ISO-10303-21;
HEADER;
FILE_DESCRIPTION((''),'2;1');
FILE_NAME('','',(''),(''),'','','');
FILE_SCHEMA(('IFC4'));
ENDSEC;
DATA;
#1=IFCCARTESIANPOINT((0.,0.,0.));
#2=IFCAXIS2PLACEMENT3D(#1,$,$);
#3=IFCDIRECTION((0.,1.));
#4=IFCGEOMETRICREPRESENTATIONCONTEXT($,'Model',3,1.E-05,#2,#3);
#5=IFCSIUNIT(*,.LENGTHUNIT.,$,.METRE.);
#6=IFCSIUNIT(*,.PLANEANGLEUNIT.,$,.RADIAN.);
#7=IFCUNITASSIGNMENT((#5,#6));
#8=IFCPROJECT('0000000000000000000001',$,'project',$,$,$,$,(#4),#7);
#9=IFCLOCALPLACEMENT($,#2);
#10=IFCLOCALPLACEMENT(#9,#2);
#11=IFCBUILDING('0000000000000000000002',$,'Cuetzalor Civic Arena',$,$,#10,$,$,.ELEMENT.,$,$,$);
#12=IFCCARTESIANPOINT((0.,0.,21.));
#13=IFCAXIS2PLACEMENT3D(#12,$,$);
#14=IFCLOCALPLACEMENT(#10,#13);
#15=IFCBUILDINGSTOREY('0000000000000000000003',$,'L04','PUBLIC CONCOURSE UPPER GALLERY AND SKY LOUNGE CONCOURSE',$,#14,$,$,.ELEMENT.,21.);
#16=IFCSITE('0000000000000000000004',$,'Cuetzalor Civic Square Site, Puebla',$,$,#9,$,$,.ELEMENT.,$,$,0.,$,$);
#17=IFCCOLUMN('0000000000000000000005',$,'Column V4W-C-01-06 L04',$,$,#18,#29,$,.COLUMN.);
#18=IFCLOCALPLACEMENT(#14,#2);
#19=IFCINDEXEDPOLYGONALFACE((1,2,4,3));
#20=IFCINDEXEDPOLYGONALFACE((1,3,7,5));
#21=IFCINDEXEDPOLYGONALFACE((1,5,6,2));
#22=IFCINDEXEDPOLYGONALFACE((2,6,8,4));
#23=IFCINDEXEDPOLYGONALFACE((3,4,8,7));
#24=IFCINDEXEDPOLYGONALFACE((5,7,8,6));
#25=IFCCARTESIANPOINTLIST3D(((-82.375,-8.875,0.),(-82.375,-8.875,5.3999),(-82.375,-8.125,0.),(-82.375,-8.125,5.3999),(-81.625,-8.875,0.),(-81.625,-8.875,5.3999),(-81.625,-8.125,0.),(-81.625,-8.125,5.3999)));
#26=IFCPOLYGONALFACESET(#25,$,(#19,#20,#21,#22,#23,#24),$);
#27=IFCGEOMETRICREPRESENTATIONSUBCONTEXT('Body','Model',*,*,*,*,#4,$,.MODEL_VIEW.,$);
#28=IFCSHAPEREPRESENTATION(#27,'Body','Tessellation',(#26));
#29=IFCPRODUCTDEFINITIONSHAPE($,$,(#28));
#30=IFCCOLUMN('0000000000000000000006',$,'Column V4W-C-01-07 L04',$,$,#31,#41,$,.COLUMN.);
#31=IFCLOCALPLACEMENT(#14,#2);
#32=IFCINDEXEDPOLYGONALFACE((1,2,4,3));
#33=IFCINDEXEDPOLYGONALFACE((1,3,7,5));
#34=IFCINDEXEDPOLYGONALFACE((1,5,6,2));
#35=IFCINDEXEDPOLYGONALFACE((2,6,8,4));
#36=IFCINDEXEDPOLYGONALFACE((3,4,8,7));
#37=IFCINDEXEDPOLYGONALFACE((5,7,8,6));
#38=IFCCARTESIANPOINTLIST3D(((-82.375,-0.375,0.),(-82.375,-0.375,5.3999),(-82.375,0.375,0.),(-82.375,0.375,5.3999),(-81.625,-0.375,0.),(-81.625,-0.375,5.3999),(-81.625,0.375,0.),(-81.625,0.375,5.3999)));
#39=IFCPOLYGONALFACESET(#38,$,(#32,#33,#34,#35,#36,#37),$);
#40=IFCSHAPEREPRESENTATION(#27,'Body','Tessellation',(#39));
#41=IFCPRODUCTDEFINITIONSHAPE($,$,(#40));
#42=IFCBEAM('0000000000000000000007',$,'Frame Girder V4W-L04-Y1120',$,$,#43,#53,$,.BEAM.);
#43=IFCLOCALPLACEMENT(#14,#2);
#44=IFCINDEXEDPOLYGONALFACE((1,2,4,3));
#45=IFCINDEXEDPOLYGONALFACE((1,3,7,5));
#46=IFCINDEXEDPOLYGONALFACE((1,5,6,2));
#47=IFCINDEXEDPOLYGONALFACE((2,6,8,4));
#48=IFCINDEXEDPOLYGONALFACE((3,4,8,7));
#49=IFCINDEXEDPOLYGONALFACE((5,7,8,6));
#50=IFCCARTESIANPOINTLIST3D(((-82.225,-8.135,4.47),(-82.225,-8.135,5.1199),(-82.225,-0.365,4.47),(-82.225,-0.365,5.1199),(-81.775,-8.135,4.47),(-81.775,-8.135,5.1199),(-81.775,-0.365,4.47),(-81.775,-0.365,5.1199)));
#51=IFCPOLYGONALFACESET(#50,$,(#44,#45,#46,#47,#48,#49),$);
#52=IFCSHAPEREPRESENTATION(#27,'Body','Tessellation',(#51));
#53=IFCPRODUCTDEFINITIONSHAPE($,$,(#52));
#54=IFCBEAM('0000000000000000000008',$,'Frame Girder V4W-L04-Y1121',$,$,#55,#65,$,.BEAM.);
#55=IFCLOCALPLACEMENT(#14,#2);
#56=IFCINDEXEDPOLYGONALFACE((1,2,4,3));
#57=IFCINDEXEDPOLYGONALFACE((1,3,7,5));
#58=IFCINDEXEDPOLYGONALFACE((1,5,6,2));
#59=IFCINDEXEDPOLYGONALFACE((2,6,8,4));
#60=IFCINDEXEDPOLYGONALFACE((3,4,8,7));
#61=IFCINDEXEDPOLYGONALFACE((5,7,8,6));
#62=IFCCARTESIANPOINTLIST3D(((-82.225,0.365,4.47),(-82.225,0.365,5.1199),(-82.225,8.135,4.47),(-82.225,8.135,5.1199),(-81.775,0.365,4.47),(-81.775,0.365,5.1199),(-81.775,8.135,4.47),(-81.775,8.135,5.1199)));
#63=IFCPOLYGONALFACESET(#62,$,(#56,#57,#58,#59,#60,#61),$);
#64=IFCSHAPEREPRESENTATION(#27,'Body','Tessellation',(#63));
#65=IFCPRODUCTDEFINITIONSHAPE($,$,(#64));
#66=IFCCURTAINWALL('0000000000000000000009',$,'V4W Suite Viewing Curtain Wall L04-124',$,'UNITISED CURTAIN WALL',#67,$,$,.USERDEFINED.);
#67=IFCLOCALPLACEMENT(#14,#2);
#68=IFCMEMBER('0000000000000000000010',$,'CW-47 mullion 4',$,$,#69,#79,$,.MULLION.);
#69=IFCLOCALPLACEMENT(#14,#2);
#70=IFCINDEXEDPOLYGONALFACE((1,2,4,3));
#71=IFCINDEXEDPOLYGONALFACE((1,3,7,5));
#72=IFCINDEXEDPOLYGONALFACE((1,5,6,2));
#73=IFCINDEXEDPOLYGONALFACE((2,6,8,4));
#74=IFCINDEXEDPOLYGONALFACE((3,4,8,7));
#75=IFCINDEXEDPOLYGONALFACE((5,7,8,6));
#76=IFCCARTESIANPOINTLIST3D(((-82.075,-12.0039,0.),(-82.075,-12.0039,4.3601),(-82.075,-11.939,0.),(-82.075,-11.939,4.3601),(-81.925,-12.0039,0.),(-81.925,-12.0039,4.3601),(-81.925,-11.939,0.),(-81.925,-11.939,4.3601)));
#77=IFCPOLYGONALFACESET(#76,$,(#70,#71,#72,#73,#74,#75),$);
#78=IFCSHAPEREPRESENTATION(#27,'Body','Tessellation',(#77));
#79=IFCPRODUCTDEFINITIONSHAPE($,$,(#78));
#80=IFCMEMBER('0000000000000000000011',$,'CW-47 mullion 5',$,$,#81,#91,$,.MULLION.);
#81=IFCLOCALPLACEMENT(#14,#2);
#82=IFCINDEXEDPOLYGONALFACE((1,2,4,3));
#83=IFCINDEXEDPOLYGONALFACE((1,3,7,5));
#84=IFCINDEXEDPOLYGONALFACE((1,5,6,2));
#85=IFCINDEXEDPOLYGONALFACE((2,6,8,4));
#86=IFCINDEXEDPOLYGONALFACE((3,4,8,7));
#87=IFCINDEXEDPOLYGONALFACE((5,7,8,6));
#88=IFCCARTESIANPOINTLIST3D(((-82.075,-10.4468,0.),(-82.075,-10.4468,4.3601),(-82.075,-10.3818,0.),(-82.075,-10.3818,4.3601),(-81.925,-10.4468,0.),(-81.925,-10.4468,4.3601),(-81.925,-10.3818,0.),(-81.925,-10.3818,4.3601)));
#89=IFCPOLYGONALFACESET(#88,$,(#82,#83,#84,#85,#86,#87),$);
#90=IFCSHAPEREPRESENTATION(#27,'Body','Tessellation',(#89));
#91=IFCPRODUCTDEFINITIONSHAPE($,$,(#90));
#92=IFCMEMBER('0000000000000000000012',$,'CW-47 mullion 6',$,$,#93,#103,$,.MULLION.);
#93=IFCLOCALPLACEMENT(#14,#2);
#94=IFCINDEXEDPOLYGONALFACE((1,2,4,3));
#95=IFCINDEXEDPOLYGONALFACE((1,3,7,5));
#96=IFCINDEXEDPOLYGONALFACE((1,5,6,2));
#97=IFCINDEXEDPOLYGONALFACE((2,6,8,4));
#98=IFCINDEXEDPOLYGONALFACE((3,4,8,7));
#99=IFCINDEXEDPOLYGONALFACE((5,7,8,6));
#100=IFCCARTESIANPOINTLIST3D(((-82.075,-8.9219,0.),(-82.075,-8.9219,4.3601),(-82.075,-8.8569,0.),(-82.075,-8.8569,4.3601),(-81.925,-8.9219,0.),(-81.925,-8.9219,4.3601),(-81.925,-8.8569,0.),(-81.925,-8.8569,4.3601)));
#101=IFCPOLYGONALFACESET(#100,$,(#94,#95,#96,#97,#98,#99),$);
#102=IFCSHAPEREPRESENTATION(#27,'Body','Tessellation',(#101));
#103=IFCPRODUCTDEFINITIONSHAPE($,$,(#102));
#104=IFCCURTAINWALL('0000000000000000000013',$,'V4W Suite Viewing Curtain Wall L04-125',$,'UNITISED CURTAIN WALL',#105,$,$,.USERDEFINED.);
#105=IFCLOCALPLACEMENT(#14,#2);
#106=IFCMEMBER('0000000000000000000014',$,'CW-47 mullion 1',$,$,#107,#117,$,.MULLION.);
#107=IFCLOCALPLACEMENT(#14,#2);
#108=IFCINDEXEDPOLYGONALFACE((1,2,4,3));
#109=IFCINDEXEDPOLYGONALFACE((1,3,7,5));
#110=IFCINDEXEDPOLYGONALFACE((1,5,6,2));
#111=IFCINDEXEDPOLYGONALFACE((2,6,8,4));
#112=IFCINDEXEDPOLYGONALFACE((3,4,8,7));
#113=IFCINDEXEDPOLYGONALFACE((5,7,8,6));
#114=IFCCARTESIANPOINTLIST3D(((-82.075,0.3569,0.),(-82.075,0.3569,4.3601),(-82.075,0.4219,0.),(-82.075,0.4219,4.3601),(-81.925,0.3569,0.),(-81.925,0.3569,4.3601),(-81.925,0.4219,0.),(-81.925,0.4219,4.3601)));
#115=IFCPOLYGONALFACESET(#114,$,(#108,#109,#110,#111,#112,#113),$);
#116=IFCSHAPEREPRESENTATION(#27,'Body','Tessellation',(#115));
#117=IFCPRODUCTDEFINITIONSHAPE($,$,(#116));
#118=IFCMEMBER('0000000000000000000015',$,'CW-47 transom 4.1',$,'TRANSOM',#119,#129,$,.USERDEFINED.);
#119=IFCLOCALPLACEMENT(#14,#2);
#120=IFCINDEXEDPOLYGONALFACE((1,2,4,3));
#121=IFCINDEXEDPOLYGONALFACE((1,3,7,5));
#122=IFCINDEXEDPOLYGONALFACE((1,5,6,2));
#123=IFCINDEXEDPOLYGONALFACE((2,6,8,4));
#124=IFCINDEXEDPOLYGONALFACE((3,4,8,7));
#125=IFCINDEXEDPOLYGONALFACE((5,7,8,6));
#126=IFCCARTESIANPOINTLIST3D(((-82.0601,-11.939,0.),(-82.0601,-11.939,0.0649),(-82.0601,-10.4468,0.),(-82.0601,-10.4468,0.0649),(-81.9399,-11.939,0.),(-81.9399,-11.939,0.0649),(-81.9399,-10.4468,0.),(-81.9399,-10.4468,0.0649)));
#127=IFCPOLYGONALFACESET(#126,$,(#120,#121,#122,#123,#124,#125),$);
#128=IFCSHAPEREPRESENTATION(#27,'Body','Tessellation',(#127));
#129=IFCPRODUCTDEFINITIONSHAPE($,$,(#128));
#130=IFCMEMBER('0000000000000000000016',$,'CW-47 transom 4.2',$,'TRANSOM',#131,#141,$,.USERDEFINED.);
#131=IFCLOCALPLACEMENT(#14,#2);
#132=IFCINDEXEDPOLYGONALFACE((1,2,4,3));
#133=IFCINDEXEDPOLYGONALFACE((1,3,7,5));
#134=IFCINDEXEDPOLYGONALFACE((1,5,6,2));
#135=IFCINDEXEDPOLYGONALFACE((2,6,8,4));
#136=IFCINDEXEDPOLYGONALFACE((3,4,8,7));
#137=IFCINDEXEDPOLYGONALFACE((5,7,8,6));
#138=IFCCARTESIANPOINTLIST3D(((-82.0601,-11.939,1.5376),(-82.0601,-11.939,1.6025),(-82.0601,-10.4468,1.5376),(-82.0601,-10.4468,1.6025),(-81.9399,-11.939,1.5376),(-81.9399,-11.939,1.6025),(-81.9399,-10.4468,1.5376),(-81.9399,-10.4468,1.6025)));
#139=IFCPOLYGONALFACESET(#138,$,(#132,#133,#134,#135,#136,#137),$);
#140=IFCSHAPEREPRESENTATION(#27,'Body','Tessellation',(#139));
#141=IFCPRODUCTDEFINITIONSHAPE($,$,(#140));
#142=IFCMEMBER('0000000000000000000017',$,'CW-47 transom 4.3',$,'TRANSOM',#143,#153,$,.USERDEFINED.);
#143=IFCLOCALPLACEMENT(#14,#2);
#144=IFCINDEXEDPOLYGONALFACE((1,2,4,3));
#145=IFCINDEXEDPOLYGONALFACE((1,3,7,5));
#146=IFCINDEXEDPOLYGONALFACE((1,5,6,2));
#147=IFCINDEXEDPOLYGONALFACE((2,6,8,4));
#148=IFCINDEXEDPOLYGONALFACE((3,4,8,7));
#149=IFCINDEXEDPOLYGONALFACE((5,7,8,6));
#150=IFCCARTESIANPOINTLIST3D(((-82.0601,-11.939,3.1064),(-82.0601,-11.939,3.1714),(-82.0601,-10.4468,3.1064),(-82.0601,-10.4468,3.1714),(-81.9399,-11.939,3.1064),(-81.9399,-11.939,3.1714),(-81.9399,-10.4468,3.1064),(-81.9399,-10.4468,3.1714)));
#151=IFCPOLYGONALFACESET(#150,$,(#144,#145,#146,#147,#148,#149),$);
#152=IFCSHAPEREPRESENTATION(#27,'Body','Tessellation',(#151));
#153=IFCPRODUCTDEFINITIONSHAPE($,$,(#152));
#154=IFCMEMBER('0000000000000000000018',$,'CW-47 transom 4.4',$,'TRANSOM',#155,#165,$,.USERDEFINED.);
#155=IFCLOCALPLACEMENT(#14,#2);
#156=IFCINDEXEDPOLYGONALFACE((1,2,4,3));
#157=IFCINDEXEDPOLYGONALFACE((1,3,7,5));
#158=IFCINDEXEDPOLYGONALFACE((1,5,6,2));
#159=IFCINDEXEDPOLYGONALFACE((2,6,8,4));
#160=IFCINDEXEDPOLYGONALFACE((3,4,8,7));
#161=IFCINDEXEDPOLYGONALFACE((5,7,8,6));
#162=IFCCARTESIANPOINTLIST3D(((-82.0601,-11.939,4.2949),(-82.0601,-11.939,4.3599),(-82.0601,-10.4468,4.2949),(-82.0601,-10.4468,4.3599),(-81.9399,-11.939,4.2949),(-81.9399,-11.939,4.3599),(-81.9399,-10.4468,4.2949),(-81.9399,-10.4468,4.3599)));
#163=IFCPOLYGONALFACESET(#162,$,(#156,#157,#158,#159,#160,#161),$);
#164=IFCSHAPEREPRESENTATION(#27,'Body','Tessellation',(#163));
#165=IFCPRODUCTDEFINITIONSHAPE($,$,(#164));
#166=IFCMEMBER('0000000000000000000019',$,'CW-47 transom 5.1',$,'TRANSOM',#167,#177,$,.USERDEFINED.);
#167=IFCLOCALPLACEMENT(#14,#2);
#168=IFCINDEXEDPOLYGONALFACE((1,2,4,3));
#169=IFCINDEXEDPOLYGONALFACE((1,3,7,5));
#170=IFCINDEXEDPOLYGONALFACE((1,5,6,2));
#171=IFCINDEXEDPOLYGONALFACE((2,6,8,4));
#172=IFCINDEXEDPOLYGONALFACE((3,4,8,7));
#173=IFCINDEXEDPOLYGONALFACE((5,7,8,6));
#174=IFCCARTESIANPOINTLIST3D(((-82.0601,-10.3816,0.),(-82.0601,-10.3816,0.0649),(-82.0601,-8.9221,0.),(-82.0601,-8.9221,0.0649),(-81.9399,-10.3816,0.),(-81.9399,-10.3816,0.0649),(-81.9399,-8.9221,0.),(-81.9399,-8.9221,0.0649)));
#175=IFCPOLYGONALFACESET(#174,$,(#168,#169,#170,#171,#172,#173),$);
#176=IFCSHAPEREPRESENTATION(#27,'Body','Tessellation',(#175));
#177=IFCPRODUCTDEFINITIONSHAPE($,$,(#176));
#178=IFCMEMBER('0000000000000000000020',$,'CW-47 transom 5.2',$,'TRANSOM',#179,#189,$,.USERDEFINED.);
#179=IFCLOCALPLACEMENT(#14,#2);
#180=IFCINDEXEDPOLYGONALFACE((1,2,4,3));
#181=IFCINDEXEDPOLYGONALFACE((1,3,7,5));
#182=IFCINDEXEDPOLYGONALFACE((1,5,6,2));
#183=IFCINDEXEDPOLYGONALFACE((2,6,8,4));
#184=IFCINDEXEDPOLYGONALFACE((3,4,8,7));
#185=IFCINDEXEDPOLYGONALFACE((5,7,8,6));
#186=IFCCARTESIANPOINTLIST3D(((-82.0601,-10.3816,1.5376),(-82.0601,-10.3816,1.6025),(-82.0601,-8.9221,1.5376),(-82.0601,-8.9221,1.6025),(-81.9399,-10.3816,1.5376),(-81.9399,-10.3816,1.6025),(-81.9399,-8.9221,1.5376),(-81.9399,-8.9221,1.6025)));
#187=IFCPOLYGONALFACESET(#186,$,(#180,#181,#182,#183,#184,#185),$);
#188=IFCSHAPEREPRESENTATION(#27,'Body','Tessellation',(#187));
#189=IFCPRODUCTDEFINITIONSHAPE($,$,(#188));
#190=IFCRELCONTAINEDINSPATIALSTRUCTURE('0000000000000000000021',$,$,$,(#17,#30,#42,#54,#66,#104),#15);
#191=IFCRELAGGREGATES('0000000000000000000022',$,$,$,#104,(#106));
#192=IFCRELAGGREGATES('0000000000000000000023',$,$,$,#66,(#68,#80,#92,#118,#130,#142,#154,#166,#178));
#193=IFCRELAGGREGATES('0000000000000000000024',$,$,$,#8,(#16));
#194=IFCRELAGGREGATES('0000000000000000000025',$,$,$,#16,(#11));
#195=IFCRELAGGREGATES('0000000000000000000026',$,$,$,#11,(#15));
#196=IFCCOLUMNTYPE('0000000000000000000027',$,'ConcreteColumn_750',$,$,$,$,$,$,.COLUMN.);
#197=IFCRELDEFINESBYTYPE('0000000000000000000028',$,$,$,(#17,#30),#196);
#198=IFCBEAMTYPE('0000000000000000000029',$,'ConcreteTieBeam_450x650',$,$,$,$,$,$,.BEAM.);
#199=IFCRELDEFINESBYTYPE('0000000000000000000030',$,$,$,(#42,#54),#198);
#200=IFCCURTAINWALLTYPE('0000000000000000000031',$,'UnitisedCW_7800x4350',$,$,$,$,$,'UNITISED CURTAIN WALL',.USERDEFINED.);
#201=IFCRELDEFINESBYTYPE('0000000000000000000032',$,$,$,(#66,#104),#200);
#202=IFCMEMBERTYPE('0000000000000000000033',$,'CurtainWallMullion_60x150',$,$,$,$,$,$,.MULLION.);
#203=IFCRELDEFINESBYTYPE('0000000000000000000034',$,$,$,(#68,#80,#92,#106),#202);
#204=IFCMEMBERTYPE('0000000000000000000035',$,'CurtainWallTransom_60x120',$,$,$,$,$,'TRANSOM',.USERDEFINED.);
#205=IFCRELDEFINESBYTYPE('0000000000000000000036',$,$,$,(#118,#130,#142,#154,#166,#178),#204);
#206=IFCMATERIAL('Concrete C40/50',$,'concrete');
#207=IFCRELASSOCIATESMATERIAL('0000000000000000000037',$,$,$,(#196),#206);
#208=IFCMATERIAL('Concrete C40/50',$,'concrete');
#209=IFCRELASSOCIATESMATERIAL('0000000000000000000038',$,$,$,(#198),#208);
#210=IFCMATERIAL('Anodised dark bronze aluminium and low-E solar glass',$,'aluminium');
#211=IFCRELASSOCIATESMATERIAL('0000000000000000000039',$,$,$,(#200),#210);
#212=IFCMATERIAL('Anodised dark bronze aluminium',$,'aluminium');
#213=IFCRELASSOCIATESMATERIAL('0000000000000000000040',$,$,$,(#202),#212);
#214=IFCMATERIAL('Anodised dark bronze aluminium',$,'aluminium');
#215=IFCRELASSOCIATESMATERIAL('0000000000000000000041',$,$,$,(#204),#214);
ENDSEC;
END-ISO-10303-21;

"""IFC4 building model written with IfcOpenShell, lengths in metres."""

from ifc_helpers import new_model, si_unit, direction, frame, origin, origin_2d, place, context, subcontext, project, spatial, rectangle, extrude, material, material_profile, profile_set, type_object, element, aggregate, save


model = new_model("IFC4")

# Units and contexts
model_context = context("Model", 3, precision=1e-05, world=origin(), true_north=direction((0.0, 1.0)))
body_context = subcontext(model_context, "Body", "Model", "MODEL_VIEW")
ifc_project = project(units=[si_unit("LENGTHUNIT", "METRE"), si_unit("PLANEANGLEUNIT", "RADIAN")], contexts=[model_context])

# Site, building, storey
site_placement = place(None, origin())
site = spatial("IfcSite", under=ifc_project, at=site_placement, Name="Cuetzalor Civic Square Site, Puebla", CompositionType="ELEMENT", RefElevation=0.0)
building_placement = place(site_placement, origin())
building = spatial("IfcBuilding", under=site, at=building_placement, Name="Cuetzalor Civic Arena", CompositionType="ELEMENT")
storey_placement = place(building_placement, frame((0.0, 0.0, 21.0)))
storey = spatial("IfcBuildingStorey", under=building, at=storey_placement, Name="L04", Description="PUBLIC CONCOURSE UPPER GALLERY AND SKY LOUNGE CONCOURSE", CompositionType="ELEMENT", Elevation=21.0)

# Columns
ifc_material_1 = material(Name="Concrete C40/50", Category="concrete")
ifc_material_profile_1 = material_profile(ifc_material_1, rectangle(XDim=0.75, YDim=0.75, at=origin_2d()), Name="RC 750x750")
ifc_profile_set_1 = profile_set([ifc_material_profile_1], Name="Concrete C40/50")
column_type = type_object("IfcColumnType", Name="ConcreteColumn_750", PredefinedType="COLUMN", material=ifc_profile_set_1)
for number, where, z_axis, x_axis, name in (
    (1, (-82.0, -8.5, 0.0), (0.0, 0.0, 1.0), (1.0, 0.0, 0.0), "Column V4W-C-01-06 L04"),
    (2, (-82.0, 0.0, 0.0), (0.0, 0.0, 1.0), (1.0, 0.0, 0.0), "Column V4W-C-01-07 L04"),
):
    element("IfcColumn", number, at=place(storey_placement, frame(where, z_axis=z_axis, x_axis=x_axis)), inside=storey, type_object=column_type, Name=name, PredefinedType="COLUMN", context=body_context, shape_type="SweptSolid", body=[
        extrude(rectangle(XDim=0.75, YDim=0.75, at=origin_2d()), origin(), (0.0, 0.0, 1.0), 5.3999),
    ])

# Beams
ifc_material_2 = material(Name="Concrete C40/50", Category="concrete")
ifc_material_profile_2 = material_profile(ifc_material_2, rectangle(XDim=0.45, YDim=0.6499, at=origin_2d()), Name="RC 450x650")
ifc_profile_set_2 = profile_set([ifc_material_profile_2], Name="Concrete C40/50")
beam_type = type_object("IfcBeamType", Name="ConcreteTieBeam_450x650", PredefinedType="BEAM", material=ifc_profile_set_2)
for number, where, z_axis, x_axis, name in (
    (3, (-82.0, -8.135, 4.7949), (0.0, 1.0, 0.0), (-1.0, 0.0, 0.0), "Frame Girder V4W-L04-Y1120"),
    (4, (-82.0, 0.365, 4.7949), (0.0, 1.0, 0.0), (-1.0, 0.0, 0.0), "Frame Girder V4W-L04-Y1121"),
):
    element("IfcBeam", number, at=place(storey_placement, frame(where, z_axis=z_axis, x_axis=x_axis)), inside=storey, type_object=beam_type, Name=name, PredefinedType="BEAM", context=body_context, shape_type="SweptSolid", body=[
        extrude(rectangle(XDim=0.45, YDim=0.6499, at=origin_2d()), origin(), (0.0, 0.0, 1.0), 7.77),
    ])

# Curtain wall, members
ifc_material_3 = material(Name="Anodised dark bronze aluminium and low-E solar glass", Category="aluminium")
curtain_wall_type = type_object("IfcCurtainWallType", Name="UnitisedCW_7800x4350", ElementType="UNITISED CURTAIN WALL", PredefinedType="USERDEFINED", material=ifc_material_3)
curtain_wall_1_placement = place(storey_placement, origin())
curtain_wall_1 = element("IfcCurtainWall", 5, at=curtain_wall_1_placement, inside=storey, type_object=curtain_wall_type, Name="V4W Suite Viewing Curtain Wall L04-124", ObjectType="UNITISED CURTAIN WALL", PredefinedType="USERDEFINED")
ifc_material_4 = material(Name="Anodised dark bronze aluminium", Category="aluminium")
ifc_material_profile_3 = material_profile(ifc_material_4, rectangle(XDim=0.0649, YDim=0.1499, at=origin_2d()), Name="ALU MULLION 65x150")
ifc_profile_set_3 = profile_set([ifc_material_profile_3], Name="Anodised dark bronze aluminium")
member_type_1 = type_object("IfcMemberType", Name="CurtainWallMullion_60x150", PredefinedType="MULLION", material=ifc_profile_set_3)
member_1_placement = place(storey_placement, frame((-82.0, -11.9714, 0.0), z_axis=(0.0, 0.0, 1.0), x_axis=(0.0, 1.0, 0.0)))
member_1 = element("IfcMember", 6, at=member_1_placement, type_object=member_type_1, Name="CW-47 mullion 4", PredefinedType="MULLION", context=body_context, shape_type="SweptSolid", body=[
    extrude(rectangle(XDim=0.0649, YDim=0.1499, at=origin_2d()), origin(), (0.0, 0.0, 1.0), 4.3601),
])
member_2_placement = place(storey_placement, frame((-82.0, -10.4143, 0.0), z_axis=(0.0, 0.0, 1.0), x_axis=(0.0, 1.0, 0.0)))
member_2 = element("IfcMember", 7, at=member_2_placement, type_object=member_type_1, Name="CW-47 mullion 5", PredefinedType="MULLION", context=body_context, shape_type="SweptSolid", body=[
    extrude(rectangle(XDim=0.0649, YDim=0.1499, at=origin_2d()), origin(), (0.0, 0.0, 1.0), 4.3601),
])
member_3_placement = place(storey_placement, frame((-82.0, -8.8894, 0.0), z_axis=(0.0, 0.0, 1.0), x_axis=(0.0, 1.0, 0.0)))
member_3 = element("IfcMember", 8, at=member_3_placement, type_object=member_type_1, Name="CW-47 mullion 6", PredefinedType="MULLION", context=body_context, shape_type="SweptSolid", body=[
    extrude(rectangle(XDim=0.0649, YDim=0.1499, at=origin_2d()), origin(), (0.0, 0.0, 1.0), 4.3601),
])

# Curtain wall, member
curtain_wall_2_placement = place(storey_placement, origin())
curtain_wall_2 = element("IfcCurtainWall", 9, at=curtain_wall_2_placement, inside=storey, type_object=curtain_wall_type, Name="V4W Suite Viewing Curtain Wall L04-125", ObjectType="UNITISED CURTAIN WALL", PredefinedType="USERDEFINED")
member_4_placement = place(storey_placement, frame((-82.0, 0.3894, 0.0), z_axis=(0.0, 0.0, 1.0), x_axis=(0.0, 1.0, 0.0)))
member_4 = element("IfcMember", 10, at=member_4_placement, type_object=member_type_1, Name="CW-47 mullion 1", PredefinedType="MULLION", context=body_context, shape_type="SweptSolid", body=[
    extrude(rectangle(XDim=0.0649, YDim=0.1499, at=origin_2d()), origin(), (0.0, 0.0, 1.0), 4.3601),
])

# Members
ifc_material_5 = material(Name="Anodised dark bronze aluminium", Category="aluminium")
ifc_material_profile_4 = material_profile(ifc_material_5, rectangle(XDim=0.1201, YDim=0.0649, at=origin_2d()), Name="ALU TRANSOM 65x120")
ifc_profile_set_4 = profile_set([ifc_material_profile_4], Name="Anodised dark bronze aluminium")
member_type_2 = type_object("IfcMemberType", Name="CurtainWallTransom_60x120", ElementType="TRANSOM", PredefinedType="USERDEFINED", material=ifc_profile_set_4)
member_5_placement = place(storey_placement, frame((-82.0, -11.939, 0.0325), z_axis=(0.0, 1.0, 0.0), x_axis=(-1.0, 0.0, 0.0)))
member_5 = element("IfcMember", 11, at=member_5_placement, type_object=member_type_2, Name="CW-47 transom 4.1", ObjectType="TRANSOM", PredefinedType="USERDEFINED", context=body_context, shape_type="SweptSolid", body=[
    extrude(rectangle(XDim=0.1201, YDim=0.0649, at=origin_2d()), origin(), (0.0, 0.0, 1.0), 1.4922),
])
member_6_placement = place(storey_placement, frame((-82.0, -11.939, 1.5701), z_axis=(0.0, 1.0, 0.0), x_axis=(-1.0, 0.0, 0.0)))
member_6 = element("IfcMember", 12, at=member_6_placement, type_object=member_type_2, Name="CW-47 transom 4.2", ObjectType="TRANSOM", PredefinedType="USERDEFINED", context=body_context, shape_type="SweptSolid", body=[
    extrude(rectangle(XDim=0.1201, YDim=0.0649, at=origin_2d()), origin(), (0.0, 0.0, 1.0), 1.4922),
])
member_7_placement = place(storey_placement, frame((-82.0, -11.939, 3.1389), z_axis=(0.0, 1.0, 0.0), x_axis=(-1.0, 0.0, 0.0)))
member_7 = element("IfcMember", 13, at=member_7_placement, type_object=member_type_2, Name="CW-47 transom 4.3", ObjectType="TRANSOM", PredefinedType="USERDEFINED", context=body_context, shape_type="SweptSolid", body=[
    extrude(rectangle(XDim=0.1201, YDim=0.0649, at=origin_2d()), origin(), (0.0, 0.0, 1.0), 1.4922),
])
member_8_placement = place(storey_placement, frame((-82.0, -11.939, 4.3274), z_axis=(0.0, 1.0, 0.0), x_axis=(-1.0, 0.0, 0.0)))
member_8 = element("IfcMember", 14, at=member_8_placement, type_object=member_type_2, Name="CW-47 transom 4.4", ObjectType="TRANSOM", PredefinedType="USERDEFINED", context=body_context, shape_type="SweptSolid", body=[
    extrude(rectangle(XDim=0.1201, YDim=0.0649, at=origin_2d()), origin(), (0.0, 0.0, 1.0), 1.4922),
])
member_9_placement = place(storey_placement, frame((-82.0, -10.3816, 0.0325), z_axis=(0.0, 1.0, 0.0), x_axis=(-1.0, 0.0, 0.0)))
member_9 = element("IfcMember", 15, at=member_9_placement, type_object=member_type_2, Name="CW-47 transom 5.1", ObjectType="TRANSOM", PredefinedType="USERDEFINED", context=body_context, shape_type="SweptSolid", body=[
    extrude(rectangle(XDim=0.1201, YDim=0.0649, at=origin_2d()), origin(), (0.0, 0.0, 1.0), 1.4595),
])
member_10_placement = place(storey_placement, frame((-82.0, -10.3816, 1.5701), z_axis=(0.0, 1.0, 0.0), x_axis=(-1.0, 0.0, 0.0)))
member_10 = element("IfcMember", 16, at=member_10_placement, type_object=member_type_2, Name="CW-47 transom 5.2", ObjectType="TRANSOM", PredefinedType="USERDEFINED", context=body_context, shape_type="SweptSolid", body=[
    extrude(rectangle(XDim=0.1201, YDim=0.0649, at=origin_2d()), origin(), (0.0, 0.0, 1.0), 1.4595),
])
aggregate(curtain_wall_2, [member_4])

aggregate(curtain_wall_1, [member_1, member_2, member_3, member_5, member_6, member_7, member_8, member_9, member_10])

save(model, "model.ifc")
